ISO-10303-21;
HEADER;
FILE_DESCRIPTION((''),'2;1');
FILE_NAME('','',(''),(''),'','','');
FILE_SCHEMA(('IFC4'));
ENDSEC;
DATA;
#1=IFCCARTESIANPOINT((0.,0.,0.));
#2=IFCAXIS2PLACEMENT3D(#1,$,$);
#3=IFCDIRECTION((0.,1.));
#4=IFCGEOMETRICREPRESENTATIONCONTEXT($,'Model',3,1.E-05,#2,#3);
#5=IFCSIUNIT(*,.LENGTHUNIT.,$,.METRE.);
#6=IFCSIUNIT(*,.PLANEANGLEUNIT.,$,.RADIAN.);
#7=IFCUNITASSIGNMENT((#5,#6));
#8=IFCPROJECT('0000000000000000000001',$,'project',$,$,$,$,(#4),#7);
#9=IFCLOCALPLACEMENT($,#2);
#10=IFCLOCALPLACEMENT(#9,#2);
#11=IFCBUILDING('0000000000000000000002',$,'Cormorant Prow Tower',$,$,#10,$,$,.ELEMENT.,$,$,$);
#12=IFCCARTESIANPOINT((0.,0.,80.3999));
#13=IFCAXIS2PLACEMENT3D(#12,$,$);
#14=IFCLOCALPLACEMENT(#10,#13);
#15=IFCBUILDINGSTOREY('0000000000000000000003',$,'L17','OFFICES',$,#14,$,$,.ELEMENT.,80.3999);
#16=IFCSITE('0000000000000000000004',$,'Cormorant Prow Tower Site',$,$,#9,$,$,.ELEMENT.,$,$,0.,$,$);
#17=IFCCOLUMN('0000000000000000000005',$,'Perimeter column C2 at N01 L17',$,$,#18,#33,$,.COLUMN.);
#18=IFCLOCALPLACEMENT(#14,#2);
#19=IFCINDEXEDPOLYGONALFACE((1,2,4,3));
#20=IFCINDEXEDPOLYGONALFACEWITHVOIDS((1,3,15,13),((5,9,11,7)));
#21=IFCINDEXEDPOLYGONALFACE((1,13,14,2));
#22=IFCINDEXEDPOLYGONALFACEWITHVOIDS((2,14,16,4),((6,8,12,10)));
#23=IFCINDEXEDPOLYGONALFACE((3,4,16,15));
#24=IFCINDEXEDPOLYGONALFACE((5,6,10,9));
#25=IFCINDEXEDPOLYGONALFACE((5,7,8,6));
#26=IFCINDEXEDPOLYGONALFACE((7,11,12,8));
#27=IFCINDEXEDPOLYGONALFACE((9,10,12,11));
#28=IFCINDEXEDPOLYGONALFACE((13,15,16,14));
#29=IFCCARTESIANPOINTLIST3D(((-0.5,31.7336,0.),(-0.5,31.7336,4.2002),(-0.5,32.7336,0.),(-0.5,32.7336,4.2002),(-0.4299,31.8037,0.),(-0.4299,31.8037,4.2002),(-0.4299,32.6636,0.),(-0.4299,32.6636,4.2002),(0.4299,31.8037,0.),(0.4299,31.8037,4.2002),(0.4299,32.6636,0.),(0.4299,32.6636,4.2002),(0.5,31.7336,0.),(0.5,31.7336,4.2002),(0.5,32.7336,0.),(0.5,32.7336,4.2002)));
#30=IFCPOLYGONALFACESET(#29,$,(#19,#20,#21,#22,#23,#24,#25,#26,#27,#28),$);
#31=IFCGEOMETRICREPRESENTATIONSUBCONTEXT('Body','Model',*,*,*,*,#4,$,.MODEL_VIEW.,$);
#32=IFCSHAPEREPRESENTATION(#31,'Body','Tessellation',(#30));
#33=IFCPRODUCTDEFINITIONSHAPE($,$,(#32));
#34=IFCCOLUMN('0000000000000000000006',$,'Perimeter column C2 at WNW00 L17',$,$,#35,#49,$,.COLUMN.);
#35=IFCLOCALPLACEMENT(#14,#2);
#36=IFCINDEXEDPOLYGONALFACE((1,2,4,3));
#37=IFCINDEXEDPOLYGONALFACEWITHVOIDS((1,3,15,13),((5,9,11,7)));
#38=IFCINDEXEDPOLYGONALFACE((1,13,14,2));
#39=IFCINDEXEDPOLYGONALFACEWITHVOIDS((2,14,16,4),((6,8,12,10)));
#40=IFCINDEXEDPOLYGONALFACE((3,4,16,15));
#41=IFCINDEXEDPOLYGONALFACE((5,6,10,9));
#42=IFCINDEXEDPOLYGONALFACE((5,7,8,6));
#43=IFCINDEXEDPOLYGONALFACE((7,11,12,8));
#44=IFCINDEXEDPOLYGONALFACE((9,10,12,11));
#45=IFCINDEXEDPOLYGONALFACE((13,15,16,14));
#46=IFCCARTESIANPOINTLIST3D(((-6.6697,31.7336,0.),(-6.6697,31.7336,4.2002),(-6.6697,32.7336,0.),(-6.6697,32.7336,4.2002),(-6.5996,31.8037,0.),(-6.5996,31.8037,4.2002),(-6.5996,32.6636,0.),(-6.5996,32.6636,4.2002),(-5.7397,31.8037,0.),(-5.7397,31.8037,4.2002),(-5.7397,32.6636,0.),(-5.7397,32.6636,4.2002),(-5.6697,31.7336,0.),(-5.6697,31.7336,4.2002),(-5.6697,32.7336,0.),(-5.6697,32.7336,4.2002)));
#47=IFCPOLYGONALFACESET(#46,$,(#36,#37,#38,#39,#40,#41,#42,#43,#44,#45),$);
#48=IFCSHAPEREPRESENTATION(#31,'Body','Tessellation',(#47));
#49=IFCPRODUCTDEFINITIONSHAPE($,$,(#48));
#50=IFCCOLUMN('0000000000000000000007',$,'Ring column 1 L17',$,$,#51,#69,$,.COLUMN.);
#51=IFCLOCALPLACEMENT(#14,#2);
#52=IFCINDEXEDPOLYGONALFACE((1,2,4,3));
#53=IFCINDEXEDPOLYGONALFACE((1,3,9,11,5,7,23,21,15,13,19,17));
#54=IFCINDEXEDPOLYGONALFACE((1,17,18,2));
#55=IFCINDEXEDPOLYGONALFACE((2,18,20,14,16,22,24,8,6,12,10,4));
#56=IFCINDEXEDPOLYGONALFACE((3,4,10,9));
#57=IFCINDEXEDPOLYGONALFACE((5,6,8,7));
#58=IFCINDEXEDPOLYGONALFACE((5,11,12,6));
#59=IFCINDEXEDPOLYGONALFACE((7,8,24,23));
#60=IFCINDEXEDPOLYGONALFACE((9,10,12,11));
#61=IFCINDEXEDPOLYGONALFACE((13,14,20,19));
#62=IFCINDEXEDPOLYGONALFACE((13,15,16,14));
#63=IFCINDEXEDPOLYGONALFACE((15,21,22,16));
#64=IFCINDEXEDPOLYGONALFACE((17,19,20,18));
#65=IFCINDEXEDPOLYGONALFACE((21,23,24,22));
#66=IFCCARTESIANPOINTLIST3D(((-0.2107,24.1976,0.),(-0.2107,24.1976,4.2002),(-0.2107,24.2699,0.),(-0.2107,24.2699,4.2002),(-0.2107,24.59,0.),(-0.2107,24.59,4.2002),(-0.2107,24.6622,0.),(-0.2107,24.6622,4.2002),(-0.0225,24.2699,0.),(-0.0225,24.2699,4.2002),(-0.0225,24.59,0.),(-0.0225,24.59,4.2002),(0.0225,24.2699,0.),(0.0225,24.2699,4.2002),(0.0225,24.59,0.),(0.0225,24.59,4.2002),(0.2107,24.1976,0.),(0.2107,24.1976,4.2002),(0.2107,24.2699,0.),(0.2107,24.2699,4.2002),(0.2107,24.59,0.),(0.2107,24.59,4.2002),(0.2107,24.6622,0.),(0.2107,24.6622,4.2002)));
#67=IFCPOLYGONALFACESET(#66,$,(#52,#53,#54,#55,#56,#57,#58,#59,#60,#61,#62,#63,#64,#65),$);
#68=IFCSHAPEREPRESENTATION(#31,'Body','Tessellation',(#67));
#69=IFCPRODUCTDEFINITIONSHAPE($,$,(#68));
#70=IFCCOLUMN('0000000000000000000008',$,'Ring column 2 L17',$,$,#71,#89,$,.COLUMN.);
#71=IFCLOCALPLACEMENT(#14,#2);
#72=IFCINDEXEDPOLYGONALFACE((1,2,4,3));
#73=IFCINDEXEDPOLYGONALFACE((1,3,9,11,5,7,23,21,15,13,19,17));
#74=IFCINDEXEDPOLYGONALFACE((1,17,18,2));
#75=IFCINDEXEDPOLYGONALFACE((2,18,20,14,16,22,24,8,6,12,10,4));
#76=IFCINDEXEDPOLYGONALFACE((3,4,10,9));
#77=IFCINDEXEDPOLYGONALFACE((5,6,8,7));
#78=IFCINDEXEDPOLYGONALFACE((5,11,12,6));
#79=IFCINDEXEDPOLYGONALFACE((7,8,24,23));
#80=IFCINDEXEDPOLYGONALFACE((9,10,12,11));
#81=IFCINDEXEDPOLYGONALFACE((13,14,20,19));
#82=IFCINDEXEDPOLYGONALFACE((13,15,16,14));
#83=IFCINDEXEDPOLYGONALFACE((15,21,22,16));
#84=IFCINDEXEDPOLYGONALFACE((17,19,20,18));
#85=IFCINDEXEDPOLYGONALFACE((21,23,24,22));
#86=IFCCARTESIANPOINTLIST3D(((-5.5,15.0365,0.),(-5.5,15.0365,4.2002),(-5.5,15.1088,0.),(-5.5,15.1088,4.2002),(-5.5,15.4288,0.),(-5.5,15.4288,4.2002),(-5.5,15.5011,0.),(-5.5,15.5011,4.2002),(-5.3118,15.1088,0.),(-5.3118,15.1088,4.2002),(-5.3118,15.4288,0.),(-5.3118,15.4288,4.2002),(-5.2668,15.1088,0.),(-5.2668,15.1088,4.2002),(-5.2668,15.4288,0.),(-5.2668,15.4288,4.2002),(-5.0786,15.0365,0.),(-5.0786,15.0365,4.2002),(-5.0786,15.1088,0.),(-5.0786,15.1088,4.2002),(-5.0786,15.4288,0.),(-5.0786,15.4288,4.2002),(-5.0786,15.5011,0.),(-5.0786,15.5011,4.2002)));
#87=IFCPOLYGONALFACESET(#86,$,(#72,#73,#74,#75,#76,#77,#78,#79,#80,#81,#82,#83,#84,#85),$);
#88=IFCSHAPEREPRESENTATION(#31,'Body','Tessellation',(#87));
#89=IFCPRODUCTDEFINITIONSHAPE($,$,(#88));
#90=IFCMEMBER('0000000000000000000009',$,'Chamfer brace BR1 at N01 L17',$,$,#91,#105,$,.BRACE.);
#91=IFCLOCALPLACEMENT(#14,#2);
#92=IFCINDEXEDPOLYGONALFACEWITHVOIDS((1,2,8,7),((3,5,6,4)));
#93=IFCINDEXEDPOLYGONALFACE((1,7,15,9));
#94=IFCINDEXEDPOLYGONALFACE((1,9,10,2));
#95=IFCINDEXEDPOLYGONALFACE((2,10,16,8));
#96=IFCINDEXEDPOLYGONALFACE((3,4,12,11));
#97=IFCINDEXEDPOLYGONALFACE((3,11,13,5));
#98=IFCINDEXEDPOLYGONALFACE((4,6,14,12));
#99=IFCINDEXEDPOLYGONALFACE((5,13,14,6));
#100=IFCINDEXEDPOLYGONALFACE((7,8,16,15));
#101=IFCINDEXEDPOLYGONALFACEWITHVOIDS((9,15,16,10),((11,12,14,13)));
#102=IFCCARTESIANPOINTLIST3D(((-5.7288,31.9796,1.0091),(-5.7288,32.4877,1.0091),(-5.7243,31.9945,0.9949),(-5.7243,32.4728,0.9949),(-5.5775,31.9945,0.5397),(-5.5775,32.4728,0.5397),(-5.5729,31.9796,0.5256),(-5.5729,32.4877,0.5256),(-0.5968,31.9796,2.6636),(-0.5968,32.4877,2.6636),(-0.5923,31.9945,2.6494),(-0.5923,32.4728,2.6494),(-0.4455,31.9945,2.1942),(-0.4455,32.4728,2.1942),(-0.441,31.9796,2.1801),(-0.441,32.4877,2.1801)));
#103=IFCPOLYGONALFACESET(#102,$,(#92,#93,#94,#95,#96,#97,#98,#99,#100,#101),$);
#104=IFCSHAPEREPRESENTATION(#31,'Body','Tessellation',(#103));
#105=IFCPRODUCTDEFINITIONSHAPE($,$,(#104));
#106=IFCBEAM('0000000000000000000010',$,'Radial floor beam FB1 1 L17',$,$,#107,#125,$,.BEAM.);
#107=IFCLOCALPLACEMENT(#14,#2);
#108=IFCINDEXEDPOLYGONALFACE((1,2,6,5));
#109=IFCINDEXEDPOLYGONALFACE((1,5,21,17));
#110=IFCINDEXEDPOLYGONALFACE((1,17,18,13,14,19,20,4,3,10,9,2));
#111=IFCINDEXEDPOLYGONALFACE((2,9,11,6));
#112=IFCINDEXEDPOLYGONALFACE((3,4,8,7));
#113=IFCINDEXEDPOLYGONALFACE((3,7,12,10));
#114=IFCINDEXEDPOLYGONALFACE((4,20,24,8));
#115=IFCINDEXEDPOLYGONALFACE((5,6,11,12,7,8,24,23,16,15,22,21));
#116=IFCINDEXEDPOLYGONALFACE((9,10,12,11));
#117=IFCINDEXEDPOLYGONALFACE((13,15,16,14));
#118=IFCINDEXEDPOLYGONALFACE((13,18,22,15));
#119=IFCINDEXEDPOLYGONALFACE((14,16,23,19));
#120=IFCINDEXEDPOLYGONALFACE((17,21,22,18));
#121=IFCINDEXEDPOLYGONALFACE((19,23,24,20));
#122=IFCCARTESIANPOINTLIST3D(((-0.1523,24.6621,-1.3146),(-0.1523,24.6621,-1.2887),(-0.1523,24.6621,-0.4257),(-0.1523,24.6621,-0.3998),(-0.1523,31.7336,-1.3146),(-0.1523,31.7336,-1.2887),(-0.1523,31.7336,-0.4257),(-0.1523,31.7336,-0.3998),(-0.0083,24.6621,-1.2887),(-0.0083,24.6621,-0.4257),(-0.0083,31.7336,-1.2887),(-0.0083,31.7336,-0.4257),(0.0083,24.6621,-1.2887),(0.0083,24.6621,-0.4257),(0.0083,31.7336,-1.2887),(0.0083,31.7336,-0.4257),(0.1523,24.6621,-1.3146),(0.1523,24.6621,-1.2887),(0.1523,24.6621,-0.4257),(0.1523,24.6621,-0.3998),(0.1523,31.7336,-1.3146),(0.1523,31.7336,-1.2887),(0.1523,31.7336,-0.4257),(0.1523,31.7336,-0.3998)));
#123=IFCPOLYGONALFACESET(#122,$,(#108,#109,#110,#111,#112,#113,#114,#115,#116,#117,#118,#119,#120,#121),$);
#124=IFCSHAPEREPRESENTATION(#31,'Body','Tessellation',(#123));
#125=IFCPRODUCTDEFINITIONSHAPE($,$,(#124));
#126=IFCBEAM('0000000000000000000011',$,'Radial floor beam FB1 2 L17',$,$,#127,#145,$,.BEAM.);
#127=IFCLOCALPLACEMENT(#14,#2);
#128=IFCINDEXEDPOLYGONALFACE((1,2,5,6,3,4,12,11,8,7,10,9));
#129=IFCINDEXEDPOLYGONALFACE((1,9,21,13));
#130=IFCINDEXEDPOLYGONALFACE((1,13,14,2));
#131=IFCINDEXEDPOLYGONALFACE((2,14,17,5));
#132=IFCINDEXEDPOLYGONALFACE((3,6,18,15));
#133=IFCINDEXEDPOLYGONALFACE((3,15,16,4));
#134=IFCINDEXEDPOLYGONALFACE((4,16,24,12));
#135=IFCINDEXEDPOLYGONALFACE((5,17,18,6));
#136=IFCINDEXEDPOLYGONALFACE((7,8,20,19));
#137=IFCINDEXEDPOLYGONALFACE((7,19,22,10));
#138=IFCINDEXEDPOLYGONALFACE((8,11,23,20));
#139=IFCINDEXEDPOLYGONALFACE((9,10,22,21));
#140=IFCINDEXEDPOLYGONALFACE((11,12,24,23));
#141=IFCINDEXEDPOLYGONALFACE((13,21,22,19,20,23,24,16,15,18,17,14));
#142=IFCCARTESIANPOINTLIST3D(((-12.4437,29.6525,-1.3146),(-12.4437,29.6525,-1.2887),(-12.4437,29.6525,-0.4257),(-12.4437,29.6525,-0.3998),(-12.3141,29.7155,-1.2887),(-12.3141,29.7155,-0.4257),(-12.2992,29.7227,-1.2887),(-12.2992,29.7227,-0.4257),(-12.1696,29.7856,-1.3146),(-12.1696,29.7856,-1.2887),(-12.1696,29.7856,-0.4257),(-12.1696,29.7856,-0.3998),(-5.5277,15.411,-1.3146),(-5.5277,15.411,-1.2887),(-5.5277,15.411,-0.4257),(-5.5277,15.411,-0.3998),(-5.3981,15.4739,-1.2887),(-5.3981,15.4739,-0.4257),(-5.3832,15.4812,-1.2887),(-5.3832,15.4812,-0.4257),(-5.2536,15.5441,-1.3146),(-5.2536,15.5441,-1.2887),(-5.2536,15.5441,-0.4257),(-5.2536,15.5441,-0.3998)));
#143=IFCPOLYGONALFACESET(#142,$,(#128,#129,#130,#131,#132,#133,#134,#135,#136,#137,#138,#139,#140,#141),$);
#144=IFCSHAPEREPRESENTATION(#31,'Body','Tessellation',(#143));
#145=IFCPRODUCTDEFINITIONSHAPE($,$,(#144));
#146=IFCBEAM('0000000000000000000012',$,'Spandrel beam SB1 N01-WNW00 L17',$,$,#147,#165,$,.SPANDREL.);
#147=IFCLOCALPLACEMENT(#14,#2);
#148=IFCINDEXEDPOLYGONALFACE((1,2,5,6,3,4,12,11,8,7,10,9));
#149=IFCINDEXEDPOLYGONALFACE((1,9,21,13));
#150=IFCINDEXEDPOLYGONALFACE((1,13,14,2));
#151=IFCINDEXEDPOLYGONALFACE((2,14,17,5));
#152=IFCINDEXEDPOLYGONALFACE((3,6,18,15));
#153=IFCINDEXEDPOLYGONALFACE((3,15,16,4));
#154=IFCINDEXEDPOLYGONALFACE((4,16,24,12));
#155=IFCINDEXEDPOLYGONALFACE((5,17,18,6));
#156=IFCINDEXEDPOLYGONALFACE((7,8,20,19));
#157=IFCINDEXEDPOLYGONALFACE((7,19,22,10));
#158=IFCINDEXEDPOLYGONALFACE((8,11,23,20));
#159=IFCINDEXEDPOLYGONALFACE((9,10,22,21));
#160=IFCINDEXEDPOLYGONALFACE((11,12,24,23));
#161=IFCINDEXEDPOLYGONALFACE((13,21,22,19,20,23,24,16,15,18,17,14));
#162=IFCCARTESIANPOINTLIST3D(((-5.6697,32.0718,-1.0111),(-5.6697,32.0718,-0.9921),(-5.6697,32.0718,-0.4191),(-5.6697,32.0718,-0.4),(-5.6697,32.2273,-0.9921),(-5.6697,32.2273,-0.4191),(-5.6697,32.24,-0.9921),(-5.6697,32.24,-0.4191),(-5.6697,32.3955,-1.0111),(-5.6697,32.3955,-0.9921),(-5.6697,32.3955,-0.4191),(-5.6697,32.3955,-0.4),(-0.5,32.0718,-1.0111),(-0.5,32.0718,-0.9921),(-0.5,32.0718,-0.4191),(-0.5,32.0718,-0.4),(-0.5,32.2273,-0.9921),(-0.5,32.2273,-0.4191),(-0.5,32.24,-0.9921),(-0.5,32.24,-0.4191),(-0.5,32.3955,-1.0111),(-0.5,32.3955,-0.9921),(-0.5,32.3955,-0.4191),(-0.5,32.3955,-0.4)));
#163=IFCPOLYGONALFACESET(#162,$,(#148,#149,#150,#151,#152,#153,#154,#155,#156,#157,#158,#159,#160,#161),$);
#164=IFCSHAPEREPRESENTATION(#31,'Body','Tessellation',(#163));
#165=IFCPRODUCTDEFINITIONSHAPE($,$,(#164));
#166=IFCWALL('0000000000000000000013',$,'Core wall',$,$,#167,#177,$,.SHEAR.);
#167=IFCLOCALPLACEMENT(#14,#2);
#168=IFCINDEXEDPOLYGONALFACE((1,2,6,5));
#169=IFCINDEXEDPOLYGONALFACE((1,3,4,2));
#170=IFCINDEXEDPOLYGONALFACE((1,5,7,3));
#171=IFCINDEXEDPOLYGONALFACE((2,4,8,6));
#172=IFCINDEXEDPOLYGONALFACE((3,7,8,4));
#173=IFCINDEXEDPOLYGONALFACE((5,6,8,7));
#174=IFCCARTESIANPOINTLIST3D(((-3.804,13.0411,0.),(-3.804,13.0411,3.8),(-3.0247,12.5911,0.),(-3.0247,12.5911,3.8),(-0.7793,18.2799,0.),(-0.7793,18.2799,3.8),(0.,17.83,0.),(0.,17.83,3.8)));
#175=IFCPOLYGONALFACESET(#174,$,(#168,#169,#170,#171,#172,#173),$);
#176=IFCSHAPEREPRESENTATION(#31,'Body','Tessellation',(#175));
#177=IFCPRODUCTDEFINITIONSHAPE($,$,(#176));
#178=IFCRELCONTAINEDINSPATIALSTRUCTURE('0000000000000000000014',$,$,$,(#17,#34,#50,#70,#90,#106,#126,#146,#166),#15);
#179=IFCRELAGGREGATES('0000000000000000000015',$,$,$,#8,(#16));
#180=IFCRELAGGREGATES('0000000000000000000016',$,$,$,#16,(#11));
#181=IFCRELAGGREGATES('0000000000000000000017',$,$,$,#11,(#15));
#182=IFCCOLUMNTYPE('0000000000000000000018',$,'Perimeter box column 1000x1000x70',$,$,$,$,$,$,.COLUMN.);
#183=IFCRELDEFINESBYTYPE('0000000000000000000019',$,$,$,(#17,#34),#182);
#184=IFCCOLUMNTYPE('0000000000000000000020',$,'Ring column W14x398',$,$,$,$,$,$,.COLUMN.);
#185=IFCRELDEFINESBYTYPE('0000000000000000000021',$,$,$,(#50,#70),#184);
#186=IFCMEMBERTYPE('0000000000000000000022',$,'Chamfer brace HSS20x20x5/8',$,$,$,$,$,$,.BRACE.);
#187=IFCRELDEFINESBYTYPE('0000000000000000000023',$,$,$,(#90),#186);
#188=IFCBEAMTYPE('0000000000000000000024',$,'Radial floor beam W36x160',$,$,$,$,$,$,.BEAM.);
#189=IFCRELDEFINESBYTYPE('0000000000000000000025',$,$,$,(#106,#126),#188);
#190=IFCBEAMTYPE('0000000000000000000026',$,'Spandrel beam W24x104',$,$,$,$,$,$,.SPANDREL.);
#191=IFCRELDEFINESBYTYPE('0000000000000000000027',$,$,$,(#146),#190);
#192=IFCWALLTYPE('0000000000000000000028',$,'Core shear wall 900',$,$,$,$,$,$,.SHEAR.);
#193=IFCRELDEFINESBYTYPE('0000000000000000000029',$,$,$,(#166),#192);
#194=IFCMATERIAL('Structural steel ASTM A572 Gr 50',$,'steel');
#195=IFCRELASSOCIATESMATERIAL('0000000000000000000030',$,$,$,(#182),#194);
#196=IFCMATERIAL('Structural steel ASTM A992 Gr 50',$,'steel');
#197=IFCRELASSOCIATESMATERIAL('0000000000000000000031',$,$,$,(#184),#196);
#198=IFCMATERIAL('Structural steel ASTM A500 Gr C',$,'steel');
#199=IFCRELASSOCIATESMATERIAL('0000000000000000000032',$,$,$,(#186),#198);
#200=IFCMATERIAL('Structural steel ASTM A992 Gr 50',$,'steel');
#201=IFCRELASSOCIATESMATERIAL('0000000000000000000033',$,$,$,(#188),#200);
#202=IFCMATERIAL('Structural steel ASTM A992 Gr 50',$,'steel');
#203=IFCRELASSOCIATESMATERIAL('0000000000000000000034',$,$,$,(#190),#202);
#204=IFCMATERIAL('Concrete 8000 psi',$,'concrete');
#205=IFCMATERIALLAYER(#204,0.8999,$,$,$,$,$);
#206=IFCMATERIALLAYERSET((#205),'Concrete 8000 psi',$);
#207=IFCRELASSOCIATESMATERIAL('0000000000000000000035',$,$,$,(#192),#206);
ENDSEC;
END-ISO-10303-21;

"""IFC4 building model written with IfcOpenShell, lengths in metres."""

from ifc_helpers import new_model, si_unit, direction, frame, frame_2d, origin, origin_2d, place, context, subcontext, project, spatial, rectangle, hollow_rectangle, i_section, extrude, material, layer, layer_set, material_profile, profile_set, type_object, element, save


model = new_model("IFC4")

# Units and contexts
model_context = context("Model", 3, precision=1e-05, world=origin(), true_north=direction((0.0, 1.0)))
body_context = subcontext(model_context, "Body", "Model", "MODEL_VIEW")
ifc_project = project(units=[si_unit("LENGTHUNIT", "METRE"), si_unit("PLANEANGLEUNIT", "RADIAN")], contexts=[model_context])

# Site, building, storey
site_placement = place(None, origin())
site = spatial("IfcSite", under=ifc_project, at=site_placement, Name="Cormorant Prow Tower Site", CompositionType="ELEMENT", RefElevation=0.0)
building_placement = place(site_placement, origin())
building = spatial("IfcBuilding", under=site, at=building_placement, Name="Cormorant Prow Tower", CompositionType="ELEMENT")
storey_placement = place(building_placement, frame((0.0, 0.0, 80.3999)))
storey = spatial("IfcBuildingStorey", under=building, at=storey_placement, Name="L17", Description="OFFICES", CompositionType="ELEMENT", Elevation=80.3999)

# Columns
ifc_material_1 = material(Name="Structural steel ASTM A572 Gr 50", Category="steel")
ifc_material_profile_1 = material_profile(ifc_material_1, hollow_rectangle(XDim=1.0, YDim=1.0, WallThickness=0.0701, at=origin_2d()), Name="Box 1000x1000x70")
ifc_profile_set_1 = profile_set([ifc_material_profile_1], Name="Structural steel ASTM A572 Gr 50")
column_type_1 = type_object("IfcColumnType", Name="Perimeter box column 1000x1000x70", PredefinedType="COLUMN", material=ifc_profile_set_1)
for number, where, z_axis, x_axis, name in (
    (1, (0.0, 32.2336, 0.0), (0.0, 0.0, 1.0), (1.0, 0.0, 0.0), "Perimeter column C2 at N01 L17"),
    (2, (-6.1697, 32.2336, 0.0), (0.0, 0.0, 1.0), (1.0, 0.0, 0.0), "Perimeter column C2 at WNW00 L17"),
):
    element("IfcColumn", number, at=place(storey_placement, frame(where, z_axis=z_axis, x_axis=x_axis)), inside=storey, type_object=column_type_1, Name=name, PredefinedType="COLUMN", context=body_context, shape_type="SweptSolid", body=[
        extrude(hollow_rectangle(XDim=1.0, YDim=1.0, WallThickness=0.0701, at=origin_2d()), origin(), (0.0, 0.0, 1.0), 4.2002),
    ])
ifc_material_2 = material(Name="Structural steel ASTM A992 Gr 50", Category="steel")
ifc_material_profile_2 = material_profile(ifc_material_2, i_section(OverallWidth=0.4214, OverallDepth=0.4646, WebThickness=0.0449, FlangeThickness=0.0723, at=origin_2d()), Name="W14x398")
ifc_profile_set_2 = profile_set([ifc_material_profile_2], Name="Structural steel ASTM A992 Gr 50")
column_type_2 = type_object("IfcColumnType", Name="Ring column W14x398", PredefinedType="COLUMN", material=ifc_profile_set_2)
for number, where, z_axis, x_axis, name in (
    (3, (0.0, 24.4299, 0.0), (0.0, 0.0, 1.0), (1.0, 0.0, 0.0), "Ring column 1 L17"),
    (4, (-5.2893, 15.2688, 0.0), (0.0, 0.0, 1.0), (1.0, 0.0, 0.0), "Ring column 2 L17"),
):
    element("IfcColumn", number, at=place(storey_placement, frame(where, z_axis=z_axis, x_axis=x_axis)), inside=storey, type_object=column_type_2, Name=name, PredefinedType="COLUMN", context=body_context, shape_type="SweptSolid", body=[
        extrude(i_section(OverallWidth=0.4214, OverallDepth=0.4646, WebThickness=0.0449, FlangeThickness=0.0723, at=origin_2d()), origin(), (0.0, 0.0, 1.0), 4.2002),
    ])

# Member
ifc_material_3 = material(Name="Structural steel ASTM A500 Gr C", Category="steel")
ifc_material_profile_3 = material_profile(ifc_material_3, hollow_rectangle(XDim=0.5081, YDim=0.5081, WallThickness=0.0149, at=origin_2d()), Name="HSS20x20x5/8")
ifc_profile_set_3 = profile_set([ifc_material_profile_3], Name="Structural steel ASTM A500 Gr C")
member_type = type_object("IfcMemberType", Name="Chamfer brace HSS20x20x5/8", PredefinedType="BRACE", material=ifc_profile_set_3)
member_placement = place(storey_placement, frame((-5.6509, 32.2336, 0.7673), z_axis=(0.951761, 0.0, 0.30684), x_axis=(0.0, 1.0, 0.0)))
element("IfcMember", 5, at=member_placement, inside=storey, type_object=member_type, Name="Chamfer brace BR1 at N01 L17", PredefinedType="BRACE", context=body_context, shape_type="SweptSolid", body=[
    extrude(hollow_rectangle(XDim=0.5081, YDim=0.5081, WallThickness=0.0149, at=origin_2d()), origin(), (0.0, 0.0, 1.0), 5.3921),
])

# Beams
ifc_material_4 = material(Name="Structural steel ASTM A992 Gr 50", Category="steel")
ifc_material_profile_4 = material_profile(ifc_material_4, i_section(OverallWidth=0.3047, OverallDepth=0.9148, WebThickness=0.0166, FlangeThickness=0.0259, at=origin_2d()), Name="W36x160")
ifc_profile_set_4 = profile_set([ifc_material_profile_4], Name="Structural steel ASTM A992 Gr 50")
beam_type_1 = type_object("IfcBeamType", Name="Radial floor beam W36x160", PredefinedType="BEAM", material=ifc_profile_set_4)
beam_1_placement = place(storey_placement, frame((0.0, 24.6621, -0.8572), z_axis=(0.0, 1.0, 0.0), x_axis=(-1.0, 0.0, 0.0)))
element("IfcBeam", 6, at=beam_1_placement, inside=storey, type_object=beam_type_1, Name="Radial floor beam FB1 1 L17", PredefinedType="BEAM", context=body_context, shape_type="SweptSolid", body=[
    extrude(i_section(OverallWidth=0.3047, OverallDepth=0.9148, WebThickness=0.0166, FlangeThickness=0.0259, at=origin_2d()), origin(), (0.0, 0.0, 1.0), 7.0715),
])
beam_2_placement = place(storey_placement, frame((-5.3906, 15.4775, -0.8572), z_axis=(-0.436839, 0.899539, 0.0), x_axis=(-0.899539, -0.436839, 0.0)))
element("IfcBeam", 7, at=beam_2_placement, inside=storey, type_object=beam_type_1, Name="Radial floor beam FB1 2 L17", PredefinedType="BEAM", context=body_context, shape_type="SweptSolid", body=[
    extrude(i_section(OverallWidth=0.3047, OverallDepth=0.9148, WebThickness=0.0166, FlangeThickness=0.0259, at=origin_2d()), origin(), (0.0, 0.0, 1.0), 15.832),
])
ifc_material_5 = material(Name="Structural steel ASTM A992 Gr 50", Category="steel")
ifc_material_profile_5 = material_profile(ifc_material_5, i_section(OverallWidth=0.3237, OverallDepth=0.6111, WebThickness=0.0127, FlangeThickness=0.019, at=origin_2d()), Name="W24x104")
ifc_profile_set_5 = profile_set([ifc_material_profile_5], Name="Structural steel ASTM A992 Gr 50")
beam_type_2 = type_object("IfcBeamType", Name="Spandrel beam W24x104", PredefinedType="SPANDREL", material=ifc_profile_set_5)
beam_3_placement = place(storey_placement, frame((-0.5, 32.2336, -0.7056), z_axis=(-1.0, 0.0, 0.0), x_axis=(0.0, -1.0, 0.0)))
element("IfcBeam", 8, at=beam_3_placement, inside=storey, type_object=beam_type_2, Name="Spandrel beam SB1 N01-WNW00 L17", PredefinedType="SPANDREL", context=body_context, shape_type="SweptSolid", body=[
    extrude(i_section(OverallWidth=0.3237, OverallDepth=0.6111, WebThickness=0.0127, FlangeThickness=0.019, at=origin_2d()), origin(), (0.0, 0.0, 1.0), 5.1697),
])

# Wall
ifc_material_6 = material(Name="Concrete 8000 psi", Category="concrete")
ifc_layer_1 = layer(ifc_material_6, 0.8999)
ifc_layer_set_1 = layer_set([ifc_layer_1], Name="Concrete 8000 psi")
wall_type_1 = type_object("IfcWallType", Name="Core shear wall 900", PredefinedType="SHEAR", material=ifc_layer_set_1)
wall_1_placement = place(storey_placement, frame((-0.3896, 18.0549, 0.0), z_axis=(0.0, 0.0, 1.0), x_axis=(-0.500007, -0.866022, 0.0)))
element("IfcWall", 9, at=wall_1_placement, inside=storey, type_object=wall_type_1, Name="Core wall", PredefinedType="SHEAR", context=body_context, shape_type="SweptSolid", body=[
    extrude(rectangle(XDim=6.0493, YDim=0.8999, at=frame_2d((3.0247, 0.0))), origin(), (0.0, 0.0, 1.0), 3.8),
])

save(model, "model.ifc")
